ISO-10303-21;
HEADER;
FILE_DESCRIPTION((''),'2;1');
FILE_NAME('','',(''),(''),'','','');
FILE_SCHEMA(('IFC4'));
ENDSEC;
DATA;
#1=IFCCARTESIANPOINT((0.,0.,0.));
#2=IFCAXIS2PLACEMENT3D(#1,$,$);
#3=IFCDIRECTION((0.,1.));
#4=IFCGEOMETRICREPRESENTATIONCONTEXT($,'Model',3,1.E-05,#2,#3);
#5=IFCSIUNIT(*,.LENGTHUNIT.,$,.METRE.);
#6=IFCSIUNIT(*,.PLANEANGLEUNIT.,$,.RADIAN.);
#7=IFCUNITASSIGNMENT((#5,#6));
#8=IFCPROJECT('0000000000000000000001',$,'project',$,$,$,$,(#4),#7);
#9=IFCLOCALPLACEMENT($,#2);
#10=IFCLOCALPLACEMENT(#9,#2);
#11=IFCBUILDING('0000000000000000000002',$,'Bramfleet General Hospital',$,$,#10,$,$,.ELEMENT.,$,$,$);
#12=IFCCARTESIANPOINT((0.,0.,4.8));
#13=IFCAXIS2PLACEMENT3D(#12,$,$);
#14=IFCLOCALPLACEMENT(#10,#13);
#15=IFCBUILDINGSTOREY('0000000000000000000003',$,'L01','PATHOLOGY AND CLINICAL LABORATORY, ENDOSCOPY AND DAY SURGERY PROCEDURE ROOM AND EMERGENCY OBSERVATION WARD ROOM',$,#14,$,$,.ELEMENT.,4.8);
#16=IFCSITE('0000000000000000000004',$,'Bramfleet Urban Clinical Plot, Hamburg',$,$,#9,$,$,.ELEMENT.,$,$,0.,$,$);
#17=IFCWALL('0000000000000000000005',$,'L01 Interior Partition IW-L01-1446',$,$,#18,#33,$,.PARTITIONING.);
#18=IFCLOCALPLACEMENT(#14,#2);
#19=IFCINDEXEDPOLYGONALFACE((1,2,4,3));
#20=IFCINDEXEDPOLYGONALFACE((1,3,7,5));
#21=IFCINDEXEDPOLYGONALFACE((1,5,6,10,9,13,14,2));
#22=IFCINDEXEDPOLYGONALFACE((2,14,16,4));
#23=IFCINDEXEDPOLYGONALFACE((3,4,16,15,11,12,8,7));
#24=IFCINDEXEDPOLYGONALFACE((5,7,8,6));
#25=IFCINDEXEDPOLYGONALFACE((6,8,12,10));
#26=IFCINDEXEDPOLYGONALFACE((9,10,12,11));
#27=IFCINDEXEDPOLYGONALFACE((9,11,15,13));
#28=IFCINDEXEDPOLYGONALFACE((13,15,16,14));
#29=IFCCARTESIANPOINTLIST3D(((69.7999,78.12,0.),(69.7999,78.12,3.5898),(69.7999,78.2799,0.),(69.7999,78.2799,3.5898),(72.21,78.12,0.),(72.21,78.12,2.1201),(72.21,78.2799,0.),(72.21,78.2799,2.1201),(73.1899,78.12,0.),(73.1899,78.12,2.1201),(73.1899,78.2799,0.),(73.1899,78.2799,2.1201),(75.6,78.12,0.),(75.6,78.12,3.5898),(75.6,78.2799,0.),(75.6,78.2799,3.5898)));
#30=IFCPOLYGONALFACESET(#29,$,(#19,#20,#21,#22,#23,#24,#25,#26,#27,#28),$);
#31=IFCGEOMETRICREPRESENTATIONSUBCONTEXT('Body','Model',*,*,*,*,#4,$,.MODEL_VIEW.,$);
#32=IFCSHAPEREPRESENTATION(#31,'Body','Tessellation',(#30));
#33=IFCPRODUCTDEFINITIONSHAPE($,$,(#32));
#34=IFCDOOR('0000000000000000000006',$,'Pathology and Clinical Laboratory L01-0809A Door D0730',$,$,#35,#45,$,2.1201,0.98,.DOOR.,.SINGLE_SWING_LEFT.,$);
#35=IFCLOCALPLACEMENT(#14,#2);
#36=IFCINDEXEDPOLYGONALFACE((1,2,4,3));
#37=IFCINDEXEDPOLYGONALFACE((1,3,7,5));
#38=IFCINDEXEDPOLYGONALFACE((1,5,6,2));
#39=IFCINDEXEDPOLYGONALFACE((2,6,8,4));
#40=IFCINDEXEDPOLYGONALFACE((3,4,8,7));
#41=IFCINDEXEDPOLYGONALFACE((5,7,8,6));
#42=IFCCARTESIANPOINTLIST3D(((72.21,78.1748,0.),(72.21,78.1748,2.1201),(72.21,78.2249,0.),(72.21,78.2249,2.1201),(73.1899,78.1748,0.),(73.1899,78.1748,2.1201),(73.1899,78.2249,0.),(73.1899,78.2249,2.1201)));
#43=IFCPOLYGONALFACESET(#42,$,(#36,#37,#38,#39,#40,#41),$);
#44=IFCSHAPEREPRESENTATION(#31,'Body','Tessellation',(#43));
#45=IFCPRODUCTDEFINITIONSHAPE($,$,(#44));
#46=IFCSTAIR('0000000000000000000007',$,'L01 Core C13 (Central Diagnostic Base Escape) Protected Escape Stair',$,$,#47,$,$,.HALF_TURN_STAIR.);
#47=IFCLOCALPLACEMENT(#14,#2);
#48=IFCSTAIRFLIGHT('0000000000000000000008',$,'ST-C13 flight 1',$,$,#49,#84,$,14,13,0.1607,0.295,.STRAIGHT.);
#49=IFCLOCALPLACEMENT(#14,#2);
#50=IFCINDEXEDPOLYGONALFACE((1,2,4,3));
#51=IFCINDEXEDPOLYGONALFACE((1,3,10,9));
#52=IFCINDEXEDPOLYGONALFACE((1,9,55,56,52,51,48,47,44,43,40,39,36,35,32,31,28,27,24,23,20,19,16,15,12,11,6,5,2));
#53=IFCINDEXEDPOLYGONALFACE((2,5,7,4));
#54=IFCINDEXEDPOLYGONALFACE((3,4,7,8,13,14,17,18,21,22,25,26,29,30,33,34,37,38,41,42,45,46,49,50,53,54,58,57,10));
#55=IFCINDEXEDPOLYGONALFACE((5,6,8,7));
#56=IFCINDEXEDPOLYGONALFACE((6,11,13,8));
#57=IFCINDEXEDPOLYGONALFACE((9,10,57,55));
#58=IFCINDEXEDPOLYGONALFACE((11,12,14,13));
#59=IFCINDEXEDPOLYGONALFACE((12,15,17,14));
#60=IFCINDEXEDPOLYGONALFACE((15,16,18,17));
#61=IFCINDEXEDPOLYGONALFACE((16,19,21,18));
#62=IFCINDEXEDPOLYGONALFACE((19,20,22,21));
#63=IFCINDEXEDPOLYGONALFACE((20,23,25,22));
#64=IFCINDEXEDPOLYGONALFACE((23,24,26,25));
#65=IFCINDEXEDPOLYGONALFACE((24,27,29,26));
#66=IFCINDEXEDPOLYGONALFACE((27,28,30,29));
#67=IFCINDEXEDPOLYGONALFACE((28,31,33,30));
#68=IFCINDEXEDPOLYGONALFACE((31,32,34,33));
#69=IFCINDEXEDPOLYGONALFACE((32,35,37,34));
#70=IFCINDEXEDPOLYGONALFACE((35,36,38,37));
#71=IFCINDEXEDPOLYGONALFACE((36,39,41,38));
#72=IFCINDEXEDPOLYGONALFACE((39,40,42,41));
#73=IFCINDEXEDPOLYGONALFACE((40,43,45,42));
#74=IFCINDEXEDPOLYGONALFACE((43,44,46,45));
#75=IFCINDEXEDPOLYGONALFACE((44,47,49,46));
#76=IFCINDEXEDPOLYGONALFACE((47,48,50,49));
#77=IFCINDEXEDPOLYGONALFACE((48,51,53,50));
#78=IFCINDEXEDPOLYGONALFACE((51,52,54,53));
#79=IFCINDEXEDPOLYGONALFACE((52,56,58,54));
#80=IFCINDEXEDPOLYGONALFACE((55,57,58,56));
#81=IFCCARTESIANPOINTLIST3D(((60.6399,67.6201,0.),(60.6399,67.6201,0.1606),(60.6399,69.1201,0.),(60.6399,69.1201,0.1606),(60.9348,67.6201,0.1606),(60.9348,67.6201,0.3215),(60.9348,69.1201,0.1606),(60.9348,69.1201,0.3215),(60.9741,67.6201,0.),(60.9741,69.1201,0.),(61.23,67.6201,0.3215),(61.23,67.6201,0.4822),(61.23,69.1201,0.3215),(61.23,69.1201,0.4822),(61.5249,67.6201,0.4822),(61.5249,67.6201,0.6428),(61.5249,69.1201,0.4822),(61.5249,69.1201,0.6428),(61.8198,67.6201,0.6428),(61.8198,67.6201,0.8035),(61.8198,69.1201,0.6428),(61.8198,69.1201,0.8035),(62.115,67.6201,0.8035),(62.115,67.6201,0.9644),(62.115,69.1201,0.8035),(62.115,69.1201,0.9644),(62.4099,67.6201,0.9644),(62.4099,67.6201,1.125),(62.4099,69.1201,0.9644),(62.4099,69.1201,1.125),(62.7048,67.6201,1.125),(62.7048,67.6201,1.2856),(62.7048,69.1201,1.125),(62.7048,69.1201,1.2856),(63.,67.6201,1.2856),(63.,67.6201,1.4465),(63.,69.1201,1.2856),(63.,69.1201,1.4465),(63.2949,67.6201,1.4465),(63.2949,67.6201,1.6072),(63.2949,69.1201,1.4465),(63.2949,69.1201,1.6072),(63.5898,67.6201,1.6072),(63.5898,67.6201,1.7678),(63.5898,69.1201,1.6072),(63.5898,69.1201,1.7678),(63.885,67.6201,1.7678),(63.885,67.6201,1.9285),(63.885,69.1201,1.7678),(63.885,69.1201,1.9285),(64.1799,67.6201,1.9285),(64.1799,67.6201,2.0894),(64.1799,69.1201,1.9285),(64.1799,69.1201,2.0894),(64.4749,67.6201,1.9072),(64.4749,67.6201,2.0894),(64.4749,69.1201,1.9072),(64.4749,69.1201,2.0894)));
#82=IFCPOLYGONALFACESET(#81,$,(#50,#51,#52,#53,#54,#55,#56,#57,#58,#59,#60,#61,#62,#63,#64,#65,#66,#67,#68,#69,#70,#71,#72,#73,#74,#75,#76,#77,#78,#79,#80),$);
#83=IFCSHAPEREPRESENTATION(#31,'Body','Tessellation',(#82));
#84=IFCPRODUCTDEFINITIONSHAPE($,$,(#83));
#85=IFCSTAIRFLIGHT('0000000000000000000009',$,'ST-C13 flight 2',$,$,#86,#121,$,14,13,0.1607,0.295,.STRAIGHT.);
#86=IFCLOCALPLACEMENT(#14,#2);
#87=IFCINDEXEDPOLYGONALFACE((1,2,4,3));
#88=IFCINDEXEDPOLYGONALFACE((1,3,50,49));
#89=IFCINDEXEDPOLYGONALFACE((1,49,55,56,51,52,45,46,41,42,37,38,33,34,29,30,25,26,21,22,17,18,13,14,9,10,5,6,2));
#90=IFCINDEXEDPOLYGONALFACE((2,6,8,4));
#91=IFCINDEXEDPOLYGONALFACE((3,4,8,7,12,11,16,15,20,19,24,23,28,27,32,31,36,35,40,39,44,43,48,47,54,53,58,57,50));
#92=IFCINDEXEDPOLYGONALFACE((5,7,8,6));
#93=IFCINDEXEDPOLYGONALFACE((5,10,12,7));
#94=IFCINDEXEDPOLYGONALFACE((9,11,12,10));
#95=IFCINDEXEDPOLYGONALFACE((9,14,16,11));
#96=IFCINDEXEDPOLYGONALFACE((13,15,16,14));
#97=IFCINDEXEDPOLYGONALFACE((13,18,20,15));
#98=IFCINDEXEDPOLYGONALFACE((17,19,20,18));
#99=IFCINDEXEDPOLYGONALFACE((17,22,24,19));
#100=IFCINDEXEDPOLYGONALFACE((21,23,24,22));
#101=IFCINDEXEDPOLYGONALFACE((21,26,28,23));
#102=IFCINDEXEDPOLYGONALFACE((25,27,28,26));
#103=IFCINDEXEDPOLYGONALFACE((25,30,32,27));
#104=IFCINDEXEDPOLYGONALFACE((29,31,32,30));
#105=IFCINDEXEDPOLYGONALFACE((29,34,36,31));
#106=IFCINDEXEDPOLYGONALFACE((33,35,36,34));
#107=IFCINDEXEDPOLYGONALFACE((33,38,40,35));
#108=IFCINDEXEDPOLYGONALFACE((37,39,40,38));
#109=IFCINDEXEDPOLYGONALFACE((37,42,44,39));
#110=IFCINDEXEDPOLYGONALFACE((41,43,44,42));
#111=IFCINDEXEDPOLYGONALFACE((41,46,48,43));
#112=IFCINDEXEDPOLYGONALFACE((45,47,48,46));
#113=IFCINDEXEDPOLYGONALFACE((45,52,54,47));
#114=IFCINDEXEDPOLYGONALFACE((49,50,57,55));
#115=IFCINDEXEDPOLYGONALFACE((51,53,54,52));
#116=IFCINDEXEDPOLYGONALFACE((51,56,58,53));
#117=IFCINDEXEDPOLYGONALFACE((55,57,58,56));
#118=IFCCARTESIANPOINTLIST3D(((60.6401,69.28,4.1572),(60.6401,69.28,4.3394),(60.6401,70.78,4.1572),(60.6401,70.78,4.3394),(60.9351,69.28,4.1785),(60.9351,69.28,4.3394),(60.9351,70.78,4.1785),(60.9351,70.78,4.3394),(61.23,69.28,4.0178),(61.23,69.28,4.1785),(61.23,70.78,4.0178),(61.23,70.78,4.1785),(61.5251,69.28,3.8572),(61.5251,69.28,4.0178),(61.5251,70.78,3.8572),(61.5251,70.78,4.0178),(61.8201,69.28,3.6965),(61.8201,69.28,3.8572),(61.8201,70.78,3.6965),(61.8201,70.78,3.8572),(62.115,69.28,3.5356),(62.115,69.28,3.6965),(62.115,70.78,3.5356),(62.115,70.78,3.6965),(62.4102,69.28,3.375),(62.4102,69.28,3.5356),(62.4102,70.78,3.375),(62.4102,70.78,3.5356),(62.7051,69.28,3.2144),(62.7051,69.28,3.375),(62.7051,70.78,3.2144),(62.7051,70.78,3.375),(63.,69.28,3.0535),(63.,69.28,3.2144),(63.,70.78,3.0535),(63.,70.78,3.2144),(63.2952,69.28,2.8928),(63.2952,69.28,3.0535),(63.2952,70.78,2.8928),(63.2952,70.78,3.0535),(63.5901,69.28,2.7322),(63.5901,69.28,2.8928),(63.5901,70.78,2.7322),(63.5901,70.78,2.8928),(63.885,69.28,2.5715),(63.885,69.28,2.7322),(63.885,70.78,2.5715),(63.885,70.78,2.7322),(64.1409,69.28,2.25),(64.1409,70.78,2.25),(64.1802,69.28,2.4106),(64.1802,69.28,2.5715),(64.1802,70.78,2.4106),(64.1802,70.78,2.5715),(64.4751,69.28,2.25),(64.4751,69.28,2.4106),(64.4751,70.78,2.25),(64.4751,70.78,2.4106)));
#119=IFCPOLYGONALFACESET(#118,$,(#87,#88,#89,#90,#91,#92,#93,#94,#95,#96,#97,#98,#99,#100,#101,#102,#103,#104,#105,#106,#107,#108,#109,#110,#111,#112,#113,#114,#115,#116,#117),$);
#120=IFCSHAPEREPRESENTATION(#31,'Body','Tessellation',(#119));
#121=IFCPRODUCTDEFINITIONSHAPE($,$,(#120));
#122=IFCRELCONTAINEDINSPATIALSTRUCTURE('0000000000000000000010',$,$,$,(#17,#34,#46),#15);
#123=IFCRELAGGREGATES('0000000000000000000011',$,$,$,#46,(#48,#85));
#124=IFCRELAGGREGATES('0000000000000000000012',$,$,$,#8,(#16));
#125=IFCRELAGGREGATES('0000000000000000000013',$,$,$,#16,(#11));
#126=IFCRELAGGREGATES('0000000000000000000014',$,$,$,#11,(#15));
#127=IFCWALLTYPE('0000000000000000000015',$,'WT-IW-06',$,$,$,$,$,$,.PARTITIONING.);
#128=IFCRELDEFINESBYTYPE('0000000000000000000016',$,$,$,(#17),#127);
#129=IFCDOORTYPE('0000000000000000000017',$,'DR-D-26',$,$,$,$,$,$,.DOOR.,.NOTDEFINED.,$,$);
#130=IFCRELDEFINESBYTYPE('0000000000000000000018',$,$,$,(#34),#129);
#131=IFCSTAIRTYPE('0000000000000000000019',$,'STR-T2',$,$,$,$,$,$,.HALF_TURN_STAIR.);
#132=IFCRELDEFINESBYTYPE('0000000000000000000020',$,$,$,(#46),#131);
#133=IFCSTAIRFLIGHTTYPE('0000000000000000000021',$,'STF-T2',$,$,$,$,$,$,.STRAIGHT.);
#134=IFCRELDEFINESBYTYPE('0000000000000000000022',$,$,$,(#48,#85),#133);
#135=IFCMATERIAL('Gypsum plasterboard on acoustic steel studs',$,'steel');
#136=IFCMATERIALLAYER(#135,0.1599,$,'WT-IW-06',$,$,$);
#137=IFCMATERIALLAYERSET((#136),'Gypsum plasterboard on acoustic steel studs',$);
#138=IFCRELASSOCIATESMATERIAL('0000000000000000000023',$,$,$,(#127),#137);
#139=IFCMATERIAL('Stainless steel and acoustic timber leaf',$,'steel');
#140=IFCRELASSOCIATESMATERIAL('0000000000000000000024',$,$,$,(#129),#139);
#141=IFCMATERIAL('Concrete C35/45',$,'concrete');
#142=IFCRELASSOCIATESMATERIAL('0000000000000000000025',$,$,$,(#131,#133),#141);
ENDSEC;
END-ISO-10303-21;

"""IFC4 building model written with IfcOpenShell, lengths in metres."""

from ifc_helpers import new_model, si_unit, direction, frame, frame_2d, origin, place, context, subcontext, project, spatial, polyline, rectangle, outline, extrude, material, layer, layer_set, type_object, element, fill, aggregate, save


model = new_model("IFC4")

# Units and contexts
model_context = context("Model", 3, precision=1e-05, world=origin(), true_north=direction((0.0, 1.0)))
body_context = subcontext(model_context, "Body", "Model", "MODEL_VIEW")
ifc_project = project(units=[si_unit("LENGTHUNIT", "METRE"), si_unit("PLANEANGLEUNIT", "RADIAN")], contexts=[model_context])

# Site, building, storey
site_placement = place(None, origin())
site = spatial("IfcSite", under=ifc_project, at=site_placement, Name="Bramfleet Urban Clinical Plot, Hamburg", CompositionType="ELEMENT", RefElevation=0.0)
building_placement = place(site_placement, origin())
building = spatial("IfcBuilding", under=site, at=building_placement, Name="Bramfleet General Hospital", CompositionType="ELEMENT")
storey_placement = place(building_placement, frame((0.0, 0.0, 4.8)))
storey = spatial("IfcBuildingStorey", under=building, at=storey_placement, Name="L01", Description="PATHOLOGY AND CLINICAL LABORATORY, ENDOSCOPY AND DAY SURGERY PROCEDURE ROOM AND EMERGENCY OBSERVATION WARD ROOM", CompositionType="ELEMENT", Elevation=4.8)

# Shared definitions
ifc_material_1 = material(Name="Concrete C35/45", Category="concrete")

# Shared definitions
ifc_material_2 = material(Name="Stainless steel and acoustic timber leaf", Category="steel")

# Wall, opening, door
ifc_material_3 = material(Name="Gypsum plasterboard on acoustic steel studs", Category="steel")
ifc_layer_1 = layer(ifc_material_3, 0.1599, Name="WT-IW-06")
ifc_layer_set_1 = layer_set([ifc_layer_1], Name="Gypsum plasterboard on acoustic steel studs")
wall_type_1 = type_object("IfcWallType", Name="WT-IW-06", PredefinedType="PARTITIONING", material=ifc_layer_set_1)
wall_1_placement = place(storey_placement, frame((69.8, 78.2, 0.0), z_axis=(0.0, 0.0, 1.0), x_axis=(1.0, 0.0, 0.0)))
wall_1 = element("IfcWall", 1, at=wall_1_placement, inside=storey, type_object=wall_type_1, Name="L01 Interior Partition IW-L01-1446", PredefinedType="PARTITIONING", context=body_context, shape_type="SweptSolid", body=[
    extrude(rectangle(XDim=5.8, YDim=0.1599, at=frame_2d((2.8999, 0.0))), origin(), (0.0, 0.0, 1.0), 3.5898),
])
opening_1_placement = place(wall_1_placement, frame((2.4099, 0.0, 0.0)))
opening_1 = element("IfcOpeningElement", 2, at=opening_1_placement, cuts=wall_1, PredefinedType="OPENING", context=body_context, shape_type="SweptSolid", body=[
    extrude(rectangle(XDim=0.98, YDim=2.1201, at=frame_2d((0.49, 1.0601))), frame((0.0, 0.0898, 0.0), z_axis=(0.0, -1.0, 0.0), x_axis=(1.0, 0.0, 0.0)), (0.0, 0.0, 1.0), 0.1799),
])
door_type_1 = type_object("IfcDoorType", Name="DR-D-26", OperationType="NOTDEFINED", PredefinedType="DOOR", material=ifc_material_2)
door_1_placement = place(opening_1_placement, origin())
door_1 = element("IfcDoor", 3, at=door_1_placement, inside=storey, type_object=door_type_1, Name="Pathology and Clinical Laboratory L01-0809A Door D0730", OperationType="SINGLE_SWING_LEFT", OverallHeight=2.1201, OverallWidth=0.98, PredefinedType="DOOR", context=body_context, shape_type="SweptSolid", body=[
    extrude(rectangle(XDim=0.98, YDim=2.1201, at=frame_2d((0.49, 1.0601))), frame((0.0, 0.0249, 0.0), z_axis=(0.0, -1.0, 0.0), x_axis=(1.0, 0.0, 0.0)), (0.0, 0.0, 1.0), 0.05),
])
fill(opening_1, door_1)

# Stair, stair flights
stair_type = type_object("IfcStairType", Name="STR-T2", PredefinedType="HALF_TURN_STAIR", material=ifc_material_1)
stair_placement = place(storey_placement, origin())
stair = element("IfcStair", 4, at=stair_placement, inside=storey, type_object=stair_type, Name="L01 Core C13 (Central Diagnostic Base Escape) Protected Escape Stair", PredefinedType="HALF_TURN_STAIR")
stair_flight_type = type_object("IfcStairFlightType", Name="STF-T2", PredefinedType="STRAIGHT", material=ifc_material_1)
stair_flight_1_placement = place(storey_placement, frame((60.6399, 68.3701, 0.0), z_axis=(0.0, 0.0, 1.0), x_axis=(1.0, 0.0, 0.0)))
stair_flight_1 = element("IfcStairFlight", 5, at=stair_flight_1_placement, type_object=stair_flight_type, Name="ST-C13 flight 1", NumberOfRisers=14, NumberOfTreads=13, PredefinedType="STRAIGHT", RiserHeight=0.1607, TreadLength=0.295, context=body_context, shape_type="SweptSolid", body=[
    extrude(outline(polyline([(0.0, 0.0), (0.0, 0.1606), (0.2949, 0.1606), (0.2949, 0.3215), (0.5901, 0.3215), (0.5901, 0.4822), (0.885, 0.4822), (0.885, 0.6428), (1.1799, 0.6428), (1.1799, 0.8035), (1.4751, 0.8035), (1.4751, 0.9644), (1.77, 0.9644), (1.77, 1.125), (2.0649, 1.125), (2.0649, 1.2856), (2.3601, 1.2856), (2.3601, 1.4465), (2.655, 1.4465), (2.655, 1.6072), (2.95, 1.6072), (2.95, 1.7678), (3.2451, 1.7678), (3.2451, 1.9285), (3.54, 1.9285), (3.54, 2.0894), (3.835, 2.0894), (3.835, 2.25), (3.835, 1.9072), (0.3342, 0.0), (0.0, 0.0)])), frame((0.0, 0.75, 0.0), z_axis=(0.0, -1.0, 0.0), x_axis=(1.0, 0.0, 0.0)), (0.0, 0.0, 1.0), 1.5),
])
stair_flight_2_placement = place(storey_placement, frame((64.4751, 70.03, 2.25), z_axis=(0.0, 0.0, 1.0), x_axis=(-1.0, 0.0, 0.0)))
stair_flight_2 = element("IfcStairFlight", 6, at=stair_flight_2_placement, type_object=stair_flight_type, Name="ST-C13 flight 2", NumberOfRisers=14, NumberOfTreads=13, PredefinedType="STRAIGHT", RiserHeight=0.1607, TreadLength=0.295, context=body_context, shape_type="SweptSolid", body=[
    extrude(outline(polyline([(0.0, 0.0), (0.0, 0.1606), (0.2949, 0.1606), (0.2949, 0.3215), (0.5901, 0.3215), (0.5901, 0.4822), (0.885, 0.4822), (0.885, 0.6428), (1.1799, 0.6428), (1.1799, 0.8035), (1.4751, 0.8035), (1.4751, 0.9644), (1.77, 0.9644), (1.77, 1.125), (2.0649, 1.125), (2.0649, 1.2856), (2.3601, 1.2856), (2.3601, 1.4465), (2.655, 1.4465), (2.655, 1.6072), (2.95, 1.6072), (2.95, 1.7678), (3.2451, 1.7678), (3.2451, 1.9285), (3.54, 1.9285), (3.54, 2.0894), (3.835, 2.0894), (3.835, 2.25), (3.835, 1.9072), (0.3342, 0.0), (0.0, 0.0)])), frame((0.0, 0.75, 0.0), z_axis=(0.0, -1.0, 0.0), x_axis=(1.0, 0.0, 0.0)), (0.0, 0.0, 1.0), 1.5),
])
aggregate(stair, [stair_flight_1, stair_flight_2])

save(model, "model.ifc")
